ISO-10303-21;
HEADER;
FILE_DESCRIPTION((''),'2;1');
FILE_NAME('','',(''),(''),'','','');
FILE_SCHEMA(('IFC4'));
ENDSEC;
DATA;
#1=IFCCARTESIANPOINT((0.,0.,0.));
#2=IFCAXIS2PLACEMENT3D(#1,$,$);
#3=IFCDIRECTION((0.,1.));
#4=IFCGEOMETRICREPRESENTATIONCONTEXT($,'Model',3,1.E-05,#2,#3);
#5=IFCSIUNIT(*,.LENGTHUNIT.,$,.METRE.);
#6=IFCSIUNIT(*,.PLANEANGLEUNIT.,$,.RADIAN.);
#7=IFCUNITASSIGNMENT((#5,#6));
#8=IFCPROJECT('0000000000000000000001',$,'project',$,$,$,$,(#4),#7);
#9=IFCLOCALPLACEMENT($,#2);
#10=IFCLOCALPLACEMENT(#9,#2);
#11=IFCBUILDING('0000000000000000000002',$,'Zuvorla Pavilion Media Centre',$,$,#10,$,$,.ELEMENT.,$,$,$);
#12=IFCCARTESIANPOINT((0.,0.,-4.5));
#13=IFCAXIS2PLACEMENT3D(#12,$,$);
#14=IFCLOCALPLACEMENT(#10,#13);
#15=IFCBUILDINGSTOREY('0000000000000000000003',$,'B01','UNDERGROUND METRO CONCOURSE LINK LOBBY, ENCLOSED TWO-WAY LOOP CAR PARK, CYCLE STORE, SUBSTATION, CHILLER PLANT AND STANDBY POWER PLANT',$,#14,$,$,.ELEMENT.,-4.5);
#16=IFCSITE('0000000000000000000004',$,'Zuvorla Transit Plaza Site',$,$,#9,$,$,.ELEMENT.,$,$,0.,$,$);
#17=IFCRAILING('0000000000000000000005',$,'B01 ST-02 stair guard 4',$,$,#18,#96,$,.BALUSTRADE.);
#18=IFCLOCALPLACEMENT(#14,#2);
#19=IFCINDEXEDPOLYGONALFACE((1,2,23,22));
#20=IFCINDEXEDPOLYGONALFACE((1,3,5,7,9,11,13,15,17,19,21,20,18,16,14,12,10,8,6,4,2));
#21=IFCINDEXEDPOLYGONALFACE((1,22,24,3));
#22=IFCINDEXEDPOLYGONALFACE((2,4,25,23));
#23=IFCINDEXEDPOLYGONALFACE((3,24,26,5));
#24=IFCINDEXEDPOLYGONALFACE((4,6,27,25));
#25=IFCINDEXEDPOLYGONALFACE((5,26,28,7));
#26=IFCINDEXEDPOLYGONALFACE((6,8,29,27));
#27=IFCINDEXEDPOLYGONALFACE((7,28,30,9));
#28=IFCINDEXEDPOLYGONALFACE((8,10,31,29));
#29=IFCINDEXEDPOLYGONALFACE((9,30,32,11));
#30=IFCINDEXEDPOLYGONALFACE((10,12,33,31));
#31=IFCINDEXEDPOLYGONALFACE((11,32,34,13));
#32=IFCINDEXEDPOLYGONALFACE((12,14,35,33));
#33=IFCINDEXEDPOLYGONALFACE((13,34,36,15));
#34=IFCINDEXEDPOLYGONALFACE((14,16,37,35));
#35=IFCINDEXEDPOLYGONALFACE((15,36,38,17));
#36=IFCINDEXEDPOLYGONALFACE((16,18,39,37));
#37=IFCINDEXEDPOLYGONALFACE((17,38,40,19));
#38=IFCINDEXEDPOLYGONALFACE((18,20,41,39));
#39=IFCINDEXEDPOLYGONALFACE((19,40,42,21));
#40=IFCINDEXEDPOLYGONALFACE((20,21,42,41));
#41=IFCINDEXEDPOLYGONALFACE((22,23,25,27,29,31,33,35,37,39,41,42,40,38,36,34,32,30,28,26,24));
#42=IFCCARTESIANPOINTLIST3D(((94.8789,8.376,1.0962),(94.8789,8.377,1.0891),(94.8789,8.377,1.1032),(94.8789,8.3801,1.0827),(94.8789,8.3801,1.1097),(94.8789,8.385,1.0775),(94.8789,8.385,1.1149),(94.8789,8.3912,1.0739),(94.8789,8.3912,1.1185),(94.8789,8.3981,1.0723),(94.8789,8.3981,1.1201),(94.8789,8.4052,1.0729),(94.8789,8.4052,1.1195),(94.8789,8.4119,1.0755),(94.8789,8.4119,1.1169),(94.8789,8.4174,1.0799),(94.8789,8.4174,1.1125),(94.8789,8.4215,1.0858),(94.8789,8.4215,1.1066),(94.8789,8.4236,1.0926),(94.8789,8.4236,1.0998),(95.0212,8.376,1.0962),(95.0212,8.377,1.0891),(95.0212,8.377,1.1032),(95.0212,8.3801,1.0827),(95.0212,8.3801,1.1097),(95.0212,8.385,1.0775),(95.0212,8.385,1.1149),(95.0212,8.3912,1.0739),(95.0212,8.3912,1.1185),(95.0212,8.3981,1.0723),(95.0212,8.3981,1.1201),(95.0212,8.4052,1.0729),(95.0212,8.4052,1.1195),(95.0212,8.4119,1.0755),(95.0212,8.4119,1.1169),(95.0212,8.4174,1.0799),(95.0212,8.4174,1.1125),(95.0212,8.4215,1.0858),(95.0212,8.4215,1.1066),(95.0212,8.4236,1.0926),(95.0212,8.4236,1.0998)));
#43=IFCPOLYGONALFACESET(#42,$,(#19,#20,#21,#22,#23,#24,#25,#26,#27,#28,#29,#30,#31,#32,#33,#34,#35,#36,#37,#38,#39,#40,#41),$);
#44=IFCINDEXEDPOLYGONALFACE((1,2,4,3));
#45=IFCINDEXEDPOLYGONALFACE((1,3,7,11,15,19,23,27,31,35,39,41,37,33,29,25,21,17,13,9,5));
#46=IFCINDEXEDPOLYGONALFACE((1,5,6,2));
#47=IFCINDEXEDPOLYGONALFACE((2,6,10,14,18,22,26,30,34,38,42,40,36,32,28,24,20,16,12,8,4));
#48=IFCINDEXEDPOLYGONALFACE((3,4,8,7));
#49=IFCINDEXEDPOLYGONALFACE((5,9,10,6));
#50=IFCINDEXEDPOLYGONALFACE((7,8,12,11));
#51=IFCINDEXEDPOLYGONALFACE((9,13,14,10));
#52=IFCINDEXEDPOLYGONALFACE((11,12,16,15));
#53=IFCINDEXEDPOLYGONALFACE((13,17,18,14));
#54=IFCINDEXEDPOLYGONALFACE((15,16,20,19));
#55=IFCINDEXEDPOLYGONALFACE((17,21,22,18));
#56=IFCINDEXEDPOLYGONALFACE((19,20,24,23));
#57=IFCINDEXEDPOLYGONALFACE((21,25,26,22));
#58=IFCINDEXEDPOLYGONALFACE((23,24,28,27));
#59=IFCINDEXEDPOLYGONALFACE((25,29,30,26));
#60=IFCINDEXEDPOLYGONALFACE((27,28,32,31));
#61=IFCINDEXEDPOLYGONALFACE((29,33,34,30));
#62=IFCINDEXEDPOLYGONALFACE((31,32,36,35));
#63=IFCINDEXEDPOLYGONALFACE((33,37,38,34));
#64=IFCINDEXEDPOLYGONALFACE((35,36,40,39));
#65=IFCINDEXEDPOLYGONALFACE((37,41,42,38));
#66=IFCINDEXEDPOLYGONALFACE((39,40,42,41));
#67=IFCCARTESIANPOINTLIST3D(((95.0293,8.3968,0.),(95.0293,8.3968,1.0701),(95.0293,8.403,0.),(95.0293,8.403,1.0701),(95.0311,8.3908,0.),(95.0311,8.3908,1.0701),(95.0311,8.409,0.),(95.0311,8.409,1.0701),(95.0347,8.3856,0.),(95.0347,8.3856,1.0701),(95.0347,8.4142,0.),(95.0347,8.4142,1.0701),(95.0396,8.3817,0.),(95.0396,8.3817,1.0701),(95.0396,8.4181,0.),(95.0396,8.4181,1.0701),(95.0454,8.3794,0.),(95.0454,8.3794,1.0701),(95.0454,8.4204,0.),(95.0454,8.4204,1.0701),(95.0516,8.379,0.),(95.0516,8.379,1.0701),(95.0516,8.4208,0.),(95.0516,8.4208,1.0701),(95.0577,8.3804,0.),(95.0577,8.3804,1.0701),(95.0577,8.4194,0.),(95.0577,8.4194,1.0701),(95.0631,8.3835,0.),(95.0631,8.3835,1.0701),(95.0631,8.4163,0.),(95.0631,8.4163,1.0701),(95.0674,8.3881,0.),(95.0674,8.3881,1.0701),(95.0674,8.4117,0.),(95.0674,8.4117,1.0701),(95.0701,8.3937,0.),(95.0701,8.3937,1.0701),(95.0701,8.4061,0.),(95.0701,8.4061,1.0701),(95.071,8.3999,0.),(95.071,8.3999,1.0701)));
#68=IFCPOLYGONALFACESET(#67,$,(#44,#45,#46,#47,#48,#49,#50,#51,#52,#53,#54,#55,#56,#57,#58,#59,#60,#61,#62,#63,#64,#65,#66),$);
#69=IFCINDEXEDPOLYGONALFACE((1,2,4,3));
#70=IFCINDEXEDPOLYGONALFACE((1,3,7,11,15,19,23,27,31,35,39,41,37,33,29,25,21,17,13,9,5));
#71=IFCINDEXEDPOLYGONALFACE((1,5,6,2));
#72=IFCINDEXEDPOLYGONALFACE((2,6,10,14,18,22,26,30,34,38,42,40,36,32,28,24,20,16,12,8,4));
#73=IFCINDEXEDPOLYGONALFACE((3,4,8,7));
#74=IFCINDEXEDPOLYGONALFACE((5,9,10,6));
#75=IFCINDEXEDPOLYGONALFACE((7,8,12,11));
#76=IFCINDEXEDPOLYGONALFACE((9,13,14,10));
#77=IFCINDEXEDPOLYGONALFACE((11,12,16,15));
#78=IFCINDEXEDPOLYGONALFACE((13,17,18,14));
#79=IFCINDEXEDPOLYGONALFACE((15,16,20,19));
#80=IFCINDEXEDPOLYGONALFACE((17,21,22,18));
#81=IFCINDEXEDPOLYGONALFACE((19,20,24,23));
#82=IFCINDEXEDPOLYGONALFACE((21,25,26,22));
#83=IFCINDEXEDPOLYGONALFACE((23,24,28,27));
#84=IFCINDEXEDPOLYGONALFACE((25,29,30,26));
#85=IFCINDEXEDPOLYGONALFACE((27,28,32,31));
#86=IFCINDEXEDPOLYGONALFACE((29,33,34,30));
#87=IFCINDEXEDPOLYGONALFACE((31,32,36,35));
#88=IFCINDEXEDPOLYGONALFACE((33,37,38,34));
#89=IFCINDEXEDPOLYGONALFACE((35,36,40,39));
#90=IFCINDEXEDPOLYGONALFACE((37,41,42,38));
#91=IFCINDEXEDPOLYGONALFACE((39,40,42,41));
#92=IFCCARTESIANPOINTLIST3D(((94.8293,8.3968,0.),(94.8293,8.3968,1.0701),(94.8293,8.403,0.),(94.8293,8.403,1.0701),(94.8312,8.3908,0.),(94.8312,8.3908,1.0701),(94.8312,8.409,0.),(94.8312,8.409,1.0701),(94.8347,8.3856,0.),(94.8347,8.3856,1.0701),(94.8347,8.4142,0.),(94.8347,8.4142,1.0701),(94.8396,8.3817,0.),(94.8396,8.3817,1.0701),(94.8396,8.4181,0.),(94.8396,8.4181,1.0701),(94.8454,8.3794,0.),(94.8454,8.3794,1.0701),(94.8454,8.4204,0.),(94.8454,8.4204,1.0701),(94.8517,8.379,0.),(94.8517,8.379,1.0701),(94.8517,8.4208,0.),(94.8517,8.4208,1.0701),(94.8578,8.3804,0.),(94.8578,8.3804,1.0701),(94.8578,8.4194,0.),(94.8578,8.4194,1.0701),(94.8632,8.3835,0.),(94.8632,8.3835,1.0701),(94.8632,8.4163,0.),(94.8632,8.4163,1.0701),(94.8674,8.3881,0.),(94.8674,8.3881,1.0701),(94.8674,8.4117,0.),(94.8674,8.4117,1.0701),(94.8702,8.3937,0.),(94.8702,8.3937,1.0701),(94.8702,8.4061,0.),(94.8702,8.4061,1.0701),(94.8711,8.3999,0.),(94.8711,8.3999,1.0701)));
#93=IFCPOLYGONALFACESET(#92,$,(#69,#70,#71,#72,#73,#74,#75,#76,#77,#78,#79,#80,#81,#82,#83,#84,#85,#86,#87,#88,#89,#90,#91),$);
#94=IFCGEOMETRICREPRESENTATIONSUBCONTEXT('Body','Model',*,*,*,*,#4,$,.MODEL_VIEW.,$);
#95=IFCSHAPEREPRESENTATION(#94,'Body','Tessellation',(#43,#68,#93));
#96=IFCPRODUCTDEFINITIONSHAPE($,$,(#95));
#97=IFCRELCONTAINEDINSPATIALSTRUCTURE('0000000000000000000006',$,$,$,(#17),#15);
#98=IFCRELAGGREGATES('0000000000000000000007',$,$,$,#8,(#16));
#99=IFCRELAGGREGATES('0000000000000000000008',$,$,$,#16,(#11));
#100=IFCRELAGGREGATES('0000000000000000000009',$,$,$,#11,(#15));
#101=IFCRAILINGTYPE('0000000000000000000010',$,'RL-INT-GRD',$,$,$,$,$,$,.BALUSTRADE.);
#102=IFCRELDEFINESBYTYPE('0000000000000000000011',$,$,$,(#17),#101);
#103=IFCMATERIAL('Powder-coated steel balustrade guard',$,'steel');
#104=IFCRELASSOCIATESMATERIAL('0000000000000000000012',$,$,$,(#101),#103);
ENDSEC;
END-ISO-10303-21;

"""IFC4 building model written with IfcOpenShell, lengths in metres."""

from ifc_helpers import new_model, si_unit, direction, frame, origin, origin_2d, place, context, subcontext, project, spatial, circle, extrude, material, type_object, element, save


model = new_model("IFC4")

# Units and contexts
model_context = context("Model", 3, precision=1e-05, world=origin(), true_north=direction((0.0, 1.0)))
body_context = subcontext(model_context, "Body", "Model", "MODEL_VIEW")
ifc_project = project(units=[si_unit("LENGTHUNIT", "METRE"), si_unit("PLANEANGLEUNIT", "RADIAN")], contexts=[model_context])

# Site, building, storey
site_placement = place(None, origin())
site = spatial("IfcSite", under=ifc_project, at=site_placement, Name="Zuvorla Transit Plaza Site", CompositionType="ELEMENT", RefElevation=0.0)
building_placement = place(site_placement, origin())
building = spatial("IfcBuilding", under=site, at=building_placement, Name="Zuvorla Pavilion Media Centre", CompositionType="ELEMENT")
storey_placement = place(building_placement, frame((0.0, 0.0, -4.5)))
storey = spatial("IfcBuildingStorey", under=building, at=storey_placement, Name="B01", Description="UNDERGROUND METRO CONCOURSE LINK LOBBY, ENCLOSED TWO-WAY LOOP CAR PARK, CYCLE STORE, SUBSTATION, CHILLER PLANT AND STANDBY POWER PLANT", CompositionType="ELEMENT", Elevation=-4.5)

# Railing
ifc_material_1 = material(Name="Powder-coated steel balustrade guard", Category="steel")
railing_type_1 = type_object("IfcRailingType", Name="RL-INT-GRD", PredefinedType="BALUSTRADE", material=ifc_material_1)
railing_1_placement = place(storey_placement, frame((95.05, 8.3999, 0.0)))
element("IfcRailing", 1, at=railing_1_placement, inside=storey, type_object=railing_type_1, Name="B01 ST-02 stair guard 4", PredefinedType="BALUSTRADE", context=body_context, shape_type="SweptSolid", body=[
    extrude(circle(Radius=0.0239, at=origin_2d()), frame((-0.0288, 0.0, 1.0962), z_axis=(-1.0, 0.0, 0.0), x_axis=(0.0, -1.0, 0.0)), (0.0, 0.0, 1.0), 0.1423),
    extrude(circle(Radius=0.021, at=origin_2d()), origin(), (0.0, 0.0, 1.0), 1.0701),
    extrude(circle(Radius=0.021, at=origin_2d()), frame((-0.2, 0.0, 0.0)), (0.0, 0.0, 1.0), 1.0701),
])

save(model, "model.ifc")
